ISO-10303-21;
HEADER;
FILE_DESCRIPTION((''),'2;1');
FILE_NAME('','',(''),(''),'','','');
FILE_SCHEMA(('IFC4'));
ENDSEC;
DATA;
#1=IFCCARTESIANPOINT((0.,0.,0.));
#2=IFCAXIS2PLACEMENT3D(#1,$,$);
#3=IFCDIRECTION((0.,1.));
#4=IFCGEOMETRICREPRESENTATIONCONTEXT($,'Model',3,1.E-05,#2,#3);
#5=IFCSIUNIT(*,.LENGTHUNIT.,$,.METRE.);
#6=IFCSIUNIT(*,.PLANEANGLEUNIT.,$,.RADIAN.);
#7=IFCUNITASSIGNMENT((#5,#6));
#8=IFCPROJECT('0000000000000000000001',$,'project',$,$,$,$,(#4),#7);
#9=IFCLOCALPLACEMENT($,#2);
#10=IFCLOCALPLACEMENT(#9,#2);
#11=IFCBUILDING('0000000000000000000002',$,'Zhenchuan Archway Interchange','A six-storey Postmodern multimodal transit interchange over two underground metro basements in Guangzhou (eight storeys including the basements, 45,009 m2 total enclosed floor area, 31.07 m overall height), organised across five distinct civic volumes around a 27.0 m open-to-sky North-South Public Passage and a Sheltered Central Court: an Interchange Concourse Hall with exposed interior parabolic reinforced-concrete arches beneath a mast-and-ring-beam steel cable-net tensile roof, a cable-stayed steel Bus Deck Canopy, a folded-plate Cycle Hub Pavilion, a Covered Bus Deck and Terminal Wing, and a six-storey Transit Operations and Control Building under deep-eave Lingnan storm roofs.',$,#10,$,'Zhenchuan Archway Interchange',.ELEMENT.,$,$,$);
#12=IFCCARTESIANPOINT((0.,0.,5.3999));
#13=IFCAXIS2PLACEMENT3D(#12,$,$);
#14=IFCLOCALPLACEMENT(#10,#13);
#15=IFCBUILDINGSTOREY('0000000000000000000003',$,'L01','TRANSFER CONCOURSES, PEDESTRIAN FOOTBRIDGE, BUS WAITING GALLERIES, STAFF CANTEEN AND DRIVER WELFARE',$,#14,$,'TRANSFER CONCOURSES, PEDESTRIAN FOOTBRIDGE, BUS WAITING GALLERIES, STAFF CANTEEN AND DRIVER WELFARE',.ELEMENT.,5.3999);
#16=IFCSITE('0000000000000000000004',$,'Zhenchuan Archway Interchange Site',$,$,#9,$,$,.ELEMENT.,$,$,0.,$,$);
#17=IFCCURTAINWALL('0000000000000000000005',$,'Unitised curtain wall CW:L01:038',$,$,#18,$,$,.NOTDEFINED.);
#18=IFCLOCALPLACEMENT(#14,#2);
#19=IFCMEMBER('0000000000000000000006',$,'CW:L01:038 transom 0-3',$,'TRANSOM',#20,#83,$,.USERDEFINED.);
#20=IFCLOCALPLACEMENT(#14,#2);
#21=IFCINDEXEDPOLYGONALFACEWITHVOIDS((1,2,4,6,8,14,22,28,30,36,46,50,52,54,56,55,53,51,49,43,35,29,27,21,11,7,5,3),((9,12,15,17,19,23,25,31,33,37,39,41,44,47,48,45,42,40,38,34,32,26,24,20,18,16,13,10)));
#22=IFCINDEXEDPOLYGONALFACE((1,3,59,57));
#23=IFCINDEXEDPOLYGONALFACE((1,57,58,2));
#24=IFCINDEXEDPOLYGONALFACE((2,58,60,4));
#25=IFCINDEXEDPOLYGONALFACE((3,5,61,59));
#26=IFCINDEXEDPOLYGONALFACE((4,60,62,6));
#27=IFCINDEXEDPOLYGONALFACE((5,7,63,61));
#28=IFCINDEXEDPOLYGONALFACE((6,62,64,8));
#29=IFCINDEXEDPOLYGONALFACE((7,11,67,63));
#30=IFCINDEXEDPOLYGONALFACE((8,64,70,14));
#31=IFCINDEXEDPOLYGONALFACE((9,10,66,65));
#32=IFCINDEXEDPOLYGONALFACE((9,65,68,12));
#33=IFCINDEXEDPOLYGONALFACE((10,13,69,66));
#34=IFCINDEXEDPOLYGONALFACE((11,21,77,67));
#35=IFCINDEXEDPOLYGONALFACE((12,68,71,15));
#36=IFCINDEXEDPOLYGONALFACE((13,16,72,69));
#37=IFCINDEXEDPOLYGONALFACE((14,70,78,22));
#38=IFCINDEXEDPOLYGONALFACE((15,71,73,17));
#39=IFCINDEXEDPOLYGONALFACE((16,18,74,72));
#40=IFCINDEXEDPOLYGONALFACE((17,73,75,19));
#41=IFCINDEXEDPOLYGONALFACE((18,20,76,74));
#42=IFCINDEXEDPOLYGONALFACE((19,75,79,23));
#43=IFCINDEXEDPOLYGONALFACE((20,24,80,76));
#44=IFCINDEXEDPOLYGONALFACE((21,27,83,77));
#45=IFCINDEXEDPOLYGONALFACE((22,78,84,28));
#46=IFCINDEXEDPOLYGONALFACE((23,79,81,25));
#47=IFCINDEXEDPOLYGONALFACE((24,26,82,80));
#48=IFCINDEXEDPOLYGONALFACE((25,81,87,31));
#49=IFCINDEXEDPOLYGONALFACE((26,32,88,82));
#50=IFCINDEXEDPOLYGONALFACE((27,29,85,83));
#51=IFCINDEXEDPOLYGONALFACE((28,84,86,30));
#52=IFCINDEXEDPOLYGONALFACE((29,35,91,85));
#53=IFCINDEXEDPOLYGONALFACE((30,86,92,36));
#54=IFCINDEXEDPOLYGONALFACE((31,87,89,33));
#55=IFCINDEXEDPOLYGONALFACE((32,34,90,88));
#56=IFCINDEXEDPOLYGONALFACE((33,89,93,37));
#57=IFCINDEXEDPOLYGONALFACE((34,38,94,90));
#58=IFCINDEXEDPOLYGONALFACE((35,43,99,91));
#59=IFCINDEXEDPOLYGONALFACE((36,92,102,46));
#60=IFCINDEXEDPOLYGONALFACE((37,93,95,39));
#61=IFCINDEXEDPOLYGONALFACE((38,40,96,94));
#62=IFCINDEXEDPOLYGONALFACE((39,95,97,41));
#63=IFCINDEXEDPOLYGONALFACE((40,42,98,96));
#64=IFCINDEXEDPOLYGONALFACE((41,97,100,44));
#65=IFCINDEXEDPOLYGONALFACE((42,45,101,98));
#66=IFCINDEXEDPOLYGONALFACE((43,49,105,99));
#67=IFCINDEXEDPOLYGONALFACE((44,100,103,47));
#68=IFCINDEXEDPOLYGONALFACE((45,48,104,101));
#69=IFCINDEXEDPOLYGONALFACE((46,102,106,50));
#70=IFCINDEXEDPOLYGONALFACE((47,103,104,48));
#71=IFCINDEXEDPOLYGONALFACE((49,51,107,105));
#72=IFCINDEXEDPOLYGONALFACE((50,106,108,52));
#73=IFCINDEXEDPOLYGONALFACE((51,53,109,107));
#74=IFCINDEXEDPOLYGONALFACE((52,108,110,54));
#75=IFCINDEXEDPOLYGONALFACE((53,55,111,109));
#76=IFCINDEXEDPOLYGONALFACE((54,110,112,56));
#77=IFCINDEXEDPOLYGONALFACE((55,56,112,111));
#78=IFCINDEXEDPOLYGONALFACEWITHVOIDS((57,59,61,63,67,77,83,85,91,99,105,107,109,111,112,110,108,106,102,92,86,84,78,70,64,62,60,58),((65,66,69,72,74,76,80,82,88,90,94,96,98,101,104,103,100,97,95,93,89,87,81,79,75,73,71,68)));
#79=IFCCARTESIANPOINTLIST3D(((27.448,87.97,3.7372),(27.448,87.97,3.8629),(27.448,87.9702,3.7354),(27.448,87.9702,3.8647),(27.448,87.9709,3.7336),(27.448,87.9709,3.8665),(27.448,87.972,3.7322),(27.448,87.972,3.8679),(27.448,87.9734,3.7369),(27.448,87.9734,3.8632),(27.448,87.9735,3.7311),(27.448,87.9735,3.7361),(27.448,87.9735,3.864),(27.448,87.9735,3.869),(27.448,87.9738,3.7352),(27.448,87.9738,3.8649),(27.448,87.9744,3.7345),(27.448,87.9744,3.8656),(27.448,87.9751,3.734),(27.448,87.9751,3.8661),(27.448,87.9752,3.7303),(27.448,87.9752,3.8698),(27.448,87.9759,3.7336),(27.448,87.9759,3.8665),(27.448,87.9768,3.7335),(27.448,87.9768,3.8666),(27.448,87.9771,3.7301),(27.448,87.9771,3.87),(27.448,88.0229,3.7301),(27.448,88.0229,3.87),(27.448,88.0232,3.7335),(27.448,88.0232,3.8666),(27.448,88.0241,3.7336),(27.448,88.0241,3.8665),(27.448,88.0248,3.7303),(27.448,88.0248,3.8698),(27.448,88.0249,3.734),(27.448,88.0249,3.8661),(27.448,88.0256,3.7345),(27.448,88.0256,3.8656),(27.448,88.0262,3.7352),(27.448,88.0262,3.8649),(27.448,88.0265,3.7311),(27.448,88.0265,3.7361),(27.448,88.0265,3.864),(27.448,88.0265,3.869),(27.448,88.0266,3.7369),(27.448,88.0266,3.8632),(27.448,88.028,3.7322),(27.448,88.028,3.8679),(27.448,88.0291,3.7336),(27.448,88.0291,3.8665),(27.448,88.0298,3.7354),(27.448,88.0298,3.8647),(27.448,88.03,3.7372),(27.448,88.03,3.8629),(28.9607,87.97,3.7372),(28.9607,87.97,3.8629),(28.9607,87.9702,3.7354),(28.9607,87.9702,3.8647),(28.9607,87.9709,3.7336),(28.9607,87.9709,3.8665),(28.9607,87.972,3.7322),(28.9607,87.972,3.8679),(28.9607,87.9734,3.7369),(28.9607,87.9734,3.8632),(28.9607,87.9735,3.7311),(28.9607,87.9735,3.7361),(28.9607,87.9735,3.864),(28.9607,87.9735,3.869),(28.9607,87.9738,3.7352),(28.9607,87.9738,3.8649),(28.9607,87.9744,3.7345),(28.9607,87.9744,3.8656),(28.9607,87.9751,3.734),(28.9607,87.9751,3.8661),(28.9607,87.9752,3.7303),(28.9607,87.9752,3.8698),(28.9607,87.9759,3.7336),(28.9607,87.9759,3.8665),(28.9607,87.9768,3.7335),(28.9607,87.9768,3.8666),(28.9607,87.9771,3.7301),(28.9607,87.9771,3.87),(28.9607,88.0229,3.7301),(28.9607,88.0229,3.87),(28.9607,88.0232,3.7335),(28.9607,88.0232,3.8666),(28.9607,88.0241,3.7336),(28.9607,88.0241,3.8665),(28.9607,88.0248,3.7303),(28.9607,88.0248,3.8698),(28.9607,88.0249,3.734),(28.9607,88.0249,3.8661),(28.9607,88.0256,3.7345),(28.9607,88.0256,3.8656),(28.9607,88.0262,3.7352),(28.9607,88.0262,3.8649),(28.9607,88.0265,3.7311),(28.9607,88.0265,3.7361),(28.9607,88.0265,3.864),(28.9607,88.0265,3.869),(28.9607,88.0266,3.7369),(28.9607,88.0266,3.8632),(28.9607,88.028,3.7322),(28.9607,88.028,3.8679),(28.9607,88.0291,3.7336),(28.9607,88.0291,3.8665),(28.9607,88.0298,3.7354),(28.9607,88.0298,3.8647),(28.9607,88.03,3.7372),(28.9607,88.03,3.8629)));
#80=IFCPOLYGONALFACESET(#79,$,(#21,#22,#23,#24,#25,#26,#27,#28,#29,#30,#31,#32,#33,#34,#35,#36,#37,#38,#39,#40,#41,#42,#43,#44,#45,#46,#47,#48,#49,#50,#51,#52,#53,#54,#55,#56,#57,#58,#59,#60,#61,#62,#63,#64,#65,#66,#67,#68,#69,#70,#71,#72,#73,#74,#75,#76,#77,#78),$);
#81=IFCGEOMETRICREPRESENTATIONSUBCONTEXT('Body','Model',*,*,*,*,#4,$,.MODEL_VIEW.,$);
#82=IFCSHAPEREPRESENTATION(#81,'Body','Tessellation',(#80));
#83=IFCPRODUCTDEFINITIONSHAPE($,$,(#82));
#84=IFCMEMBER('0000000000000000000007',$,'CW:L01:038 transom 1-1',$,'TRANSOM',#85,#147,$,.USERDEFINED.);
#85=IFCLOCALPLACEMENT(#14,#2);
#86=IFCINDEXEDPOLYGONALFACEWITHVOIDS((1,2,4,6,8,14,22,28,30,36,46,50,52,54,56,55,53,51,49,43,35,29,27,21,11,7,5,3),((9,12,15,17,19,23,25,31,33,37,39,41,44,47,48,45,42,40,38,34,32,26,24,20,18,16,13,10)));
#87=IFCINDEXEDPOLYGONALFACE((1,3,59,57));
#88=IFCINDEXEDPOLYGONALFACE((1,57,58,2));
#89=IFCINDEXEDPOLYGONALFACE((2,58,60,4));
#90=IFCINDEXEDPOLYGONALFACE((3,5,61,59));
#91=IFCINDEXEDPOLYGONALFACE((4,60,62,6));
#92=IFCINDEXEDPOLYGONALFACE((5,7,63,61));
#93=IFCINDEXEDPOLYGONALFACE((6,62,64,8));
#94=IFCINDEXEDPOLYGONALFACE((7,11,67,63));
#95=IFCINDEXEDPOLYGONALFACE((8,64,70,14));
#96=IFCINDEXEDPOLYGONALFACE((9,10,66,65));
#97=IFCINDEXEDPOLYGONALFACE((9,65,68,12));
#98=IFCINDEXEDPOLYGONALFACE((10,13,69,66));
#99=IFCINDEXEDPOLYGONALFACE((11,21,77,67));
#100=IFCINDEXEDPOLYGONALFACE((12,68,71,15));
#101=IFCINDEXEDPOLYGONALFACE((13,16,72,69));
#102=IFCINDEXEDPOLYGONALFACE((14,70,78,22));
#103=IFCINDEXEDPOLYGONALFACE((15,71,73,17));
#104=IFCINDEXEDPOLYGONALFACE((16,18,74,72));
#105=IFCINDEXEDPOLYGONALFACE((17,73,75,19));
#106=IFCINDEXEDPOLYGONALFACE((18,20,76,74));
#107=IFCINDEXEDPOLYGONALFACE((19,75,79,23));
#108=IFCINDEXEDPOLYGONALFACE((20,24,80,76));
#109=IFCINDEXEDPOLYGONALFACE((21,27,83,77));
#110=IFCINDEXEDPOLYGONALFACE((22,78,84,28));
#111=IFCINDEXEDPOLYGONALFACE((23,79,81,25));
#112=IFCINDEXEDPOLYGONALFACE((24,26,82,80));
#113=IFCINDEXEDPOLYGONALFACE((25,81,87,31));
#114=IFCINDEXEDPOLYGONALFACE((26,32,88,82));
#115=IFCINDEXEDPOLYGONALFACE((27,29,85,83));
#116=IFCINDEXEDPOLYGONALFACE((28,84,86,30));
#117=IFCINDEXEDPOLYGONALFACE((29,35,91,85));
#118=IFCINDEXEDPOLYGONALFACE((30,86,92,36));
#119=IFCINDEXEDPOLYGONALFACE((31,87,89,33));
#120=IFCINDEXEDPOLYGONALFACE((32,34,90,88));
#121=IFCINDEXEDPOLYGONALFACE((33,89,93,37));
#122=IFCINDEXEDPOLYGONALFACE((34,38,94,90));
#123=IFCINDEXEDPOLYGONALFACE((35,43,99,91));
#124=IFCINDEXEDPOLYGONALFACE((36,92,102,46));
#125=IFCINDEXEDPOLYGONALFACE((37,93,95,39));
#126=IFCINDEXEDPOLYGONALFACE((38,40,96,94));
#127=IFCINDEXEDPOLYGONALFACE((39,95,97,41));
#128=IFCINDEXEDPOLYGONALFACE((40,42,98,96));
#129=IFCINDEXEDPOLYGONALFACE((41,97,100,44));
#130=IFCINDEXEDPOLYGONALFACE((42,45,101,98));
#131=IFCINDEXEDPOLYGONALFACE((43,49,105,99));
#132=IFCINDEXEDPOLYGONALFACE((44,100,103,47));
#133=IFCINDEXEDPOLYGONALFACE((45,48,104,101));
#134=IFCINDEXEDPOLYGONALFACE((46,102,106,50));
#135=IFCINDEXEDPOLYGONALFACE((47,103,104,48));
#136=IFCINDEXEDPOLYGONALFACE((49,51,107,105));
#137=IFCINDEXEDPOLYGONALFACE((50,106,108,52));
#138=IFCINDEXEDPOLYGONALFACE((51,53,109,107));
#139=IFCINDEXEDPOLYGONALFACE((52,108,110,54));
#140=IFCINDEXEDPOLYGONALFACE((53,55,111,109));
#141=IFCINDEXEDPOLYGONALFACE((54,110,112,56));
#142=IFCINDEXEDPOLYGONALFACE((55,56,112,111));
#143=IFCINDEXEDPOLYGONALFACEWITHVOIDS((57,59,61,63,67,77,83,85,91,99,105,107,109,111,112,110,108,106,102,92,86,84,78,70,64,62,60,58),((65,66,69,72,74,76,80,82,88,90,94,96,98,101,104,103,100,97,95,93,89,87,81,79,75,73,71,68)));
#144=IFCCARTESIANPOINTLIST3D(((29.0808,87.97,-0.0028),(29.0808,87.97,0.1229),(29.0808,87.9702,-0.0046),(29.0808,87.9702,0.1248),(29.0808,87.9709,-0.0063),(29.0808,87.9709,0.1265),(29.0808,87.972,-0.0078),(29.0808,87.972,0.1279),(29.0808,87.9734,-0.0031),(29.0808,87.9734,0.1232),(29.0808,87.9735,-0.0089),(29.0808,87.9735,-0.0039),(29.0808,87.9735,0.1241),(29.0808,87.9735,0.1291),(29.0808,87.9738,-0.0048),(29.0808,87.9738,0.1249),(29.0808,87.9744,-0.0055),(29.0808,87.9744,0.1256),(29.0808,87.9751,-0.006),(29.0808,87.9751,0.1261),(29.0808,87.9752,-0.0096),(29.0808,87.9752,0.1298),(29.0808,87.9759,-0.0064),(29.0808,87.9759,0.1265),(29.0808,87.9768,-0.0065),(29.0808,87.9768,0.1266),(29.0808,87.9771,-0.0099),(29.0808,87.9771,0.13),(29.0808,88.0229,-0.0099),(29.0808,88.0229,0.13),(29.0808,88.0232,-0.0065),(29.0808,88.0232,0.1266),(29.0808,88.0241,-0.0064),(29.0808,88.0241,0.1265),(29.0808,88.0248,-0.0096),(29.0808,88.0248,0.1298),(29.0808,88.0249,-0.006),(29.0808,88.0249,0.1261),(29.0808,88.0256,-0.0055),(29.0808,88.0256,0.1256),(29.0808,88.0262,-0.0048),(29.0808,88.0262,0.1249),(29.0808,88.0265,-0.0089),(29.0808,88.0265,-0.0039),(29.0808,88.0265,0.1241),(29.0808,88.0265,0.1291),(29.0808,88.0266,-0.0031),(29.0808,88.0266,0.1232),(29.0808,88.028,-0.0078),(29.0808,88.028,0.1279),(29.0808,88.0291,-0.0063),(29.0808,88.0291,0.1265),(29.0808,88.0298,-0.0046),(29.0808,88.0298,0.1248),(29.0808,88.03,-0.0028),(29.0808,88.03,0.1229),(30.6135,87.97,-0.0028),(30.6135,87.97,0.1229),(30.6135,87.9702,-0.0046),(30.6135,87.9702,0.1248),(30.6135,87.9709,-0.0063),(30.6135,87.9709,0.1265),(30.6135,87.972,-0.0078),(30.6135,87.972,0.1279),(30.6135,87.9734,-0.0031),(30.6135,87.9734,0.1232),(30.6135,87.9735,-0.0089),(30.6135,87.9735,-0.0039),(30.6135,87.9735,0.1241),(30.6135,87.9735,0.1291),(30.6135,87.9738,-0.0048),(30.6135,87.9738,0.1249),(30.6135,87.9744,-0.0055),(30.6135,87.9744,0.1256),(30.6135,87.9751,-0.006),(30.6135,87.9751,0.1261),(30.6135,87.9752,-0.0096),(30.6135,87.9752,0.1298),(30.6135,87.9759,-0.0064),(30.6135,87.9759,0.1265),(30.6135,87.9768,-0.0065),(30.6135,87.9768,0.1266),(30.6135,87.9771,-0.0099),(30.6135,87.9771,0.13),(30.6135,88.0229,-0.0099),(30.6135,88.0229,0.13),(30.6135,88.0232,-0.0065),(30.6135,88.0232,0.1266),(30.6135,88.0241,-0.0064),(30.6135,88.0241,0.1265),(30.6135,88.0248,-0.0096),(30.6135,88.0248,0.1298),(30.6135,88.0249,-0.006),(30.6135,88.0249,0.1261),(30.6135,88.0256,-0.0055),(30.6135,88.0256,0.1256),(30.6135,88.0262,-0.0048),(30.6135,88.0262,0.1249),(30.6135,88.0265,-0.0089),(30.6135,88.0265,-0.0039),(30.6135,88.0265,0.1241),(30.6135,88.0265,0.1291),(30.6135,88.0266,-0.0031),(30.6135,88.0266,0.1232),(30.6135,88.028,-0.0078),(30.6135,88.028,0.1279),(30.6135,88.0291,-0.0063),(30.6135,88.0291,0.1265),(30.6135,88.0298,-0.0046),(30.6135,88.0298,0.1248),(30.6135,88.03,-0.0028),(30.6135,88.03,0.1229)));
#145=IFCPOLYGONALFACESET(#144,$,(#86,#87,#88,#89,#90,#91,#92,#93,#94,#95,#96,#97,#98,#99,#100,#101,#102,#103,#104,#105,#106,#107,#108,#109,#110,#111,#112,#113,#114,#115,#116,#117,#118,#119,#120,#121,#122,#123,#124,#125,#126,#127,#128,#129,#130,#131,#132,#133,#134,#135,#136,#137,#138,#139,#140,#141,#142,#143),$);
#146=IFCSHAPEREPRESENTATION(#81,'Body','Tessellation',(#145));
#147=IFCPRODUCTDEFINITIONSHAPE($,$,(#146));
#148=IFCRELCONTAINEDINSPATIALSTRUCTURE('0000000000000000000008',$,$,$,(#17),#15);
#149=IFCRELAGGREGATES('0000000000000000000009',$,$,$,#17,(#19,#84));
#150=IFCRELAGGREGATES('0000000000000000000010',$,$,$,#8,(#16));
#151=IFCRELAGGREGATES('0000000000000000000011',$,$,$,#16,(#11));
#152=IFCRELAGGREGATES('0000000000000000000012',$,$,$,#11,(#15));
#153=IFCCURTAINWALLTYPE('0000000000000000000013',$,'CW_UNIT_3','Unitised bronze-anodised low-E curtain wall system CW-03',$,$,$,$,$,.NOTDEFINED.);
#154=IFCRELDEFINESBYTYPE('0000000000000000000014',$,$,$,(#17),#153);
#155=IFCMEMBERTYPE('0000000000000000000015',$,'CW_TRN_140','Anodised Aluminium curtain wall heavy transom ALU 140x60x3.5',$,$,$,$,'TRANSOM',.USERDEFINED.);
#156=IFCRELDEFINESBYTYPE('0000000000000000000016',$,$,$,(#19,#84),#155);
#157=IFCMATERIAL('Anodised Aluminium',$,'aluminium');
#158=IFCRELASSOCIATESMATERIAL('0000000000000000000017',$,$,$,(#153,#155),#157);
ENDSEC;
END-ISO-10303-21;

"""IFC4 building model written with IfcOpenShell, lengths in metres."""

from ifc_helpers import new_model, si_unit, direction, frame, origin, origin_2d, place, context, subcontext, project, spatial, hollow_rectangle, extrude, material, material_profile, profile_set, type_object, element, aggregate, save


model = new_model("IFC4")

# Units and contexts
model_context = context("Model", 3, precision=1e-05, world=origin(), true_north=direction((0.0, 1.0)))
body_context = subcontext(model_context, "Body", "Model", "MODEL_VIEW")
ifc_project = project(units=[si_unit("LENGTHUNIT", "METRE"), si_unit("PLANEANGLEUNIT", "RADIAN")], contexts=[model_context])

# Site, building, storey
site_placement = place(None, origin())
site = spatial("IfcSite", under=ifc_project, at=site_placement, Name="Zhenchuan Archway Interchange Site", CompositionType="ELEMENT", RefElevation=0.0)
building_placement = place(site_placement, origin())
building = spatial("IfcBuilding", under=site, at=building_placement, Name="Zhenchuan Archway Interchange", Description="A six-storey Postmodern multimodal transit interchange over two underground metro basements in Guangzhou (eight storeys including the basements, 45,009 m2 total enclosed floor area, 31.07 m overall height), organised across five distinct civic volumes around a 27.0 m open-to-sky North-South Public Passage and a Sheltered Central Court: an Interchange Concourse Hall with exposed interior parabolic reinforced-concrete arches beneath a mast-and-ring-beam steel cable-net tensile roof, a cable-stayed steel Bus Deck Canopy, a folded-plate Cycle Hub Pavilion, a Covered Bus Deck and Terminal Wing, and a six-storey Transit Operations and Control Building under deep-eave Lingnan storm roofs.", LongName="Zhenchuan Archway Interchange", CompositionType="ELEMENT")
storey_placement = place(building_placement, frame((0.0, 0.0, 5.3999)))
storey = spatial("IfcBuildingStorey", under=building, at=storey_placement, Name="L01", Description="TRANSFER CONCOURSES, PEDESTRIAN FOOTBRIDGE, BUS WAITING GALLERIES, STAFF CANTEEN AND DRIVER WELFARE", LongName="TRANSFER CONCOURSES, PEDESTRIAN FOOTBRIDGE, BUS WAITING GALLERIES, STAFF CANTEEN AND DRIVER WELFARE", CompositionType="ELEMENT", Elevation=5.3999)

# Curtain wall
ifc_material_1 = material(Name="Anodised Aluminium", Category="aluminium")
curtain_wall_type_1 = type_object("IfcCurtainWallType", Name="CW_UNIT_3", Description="Unitised bronze-anodised low-E curtain wall system CW-03", PredefinedType="NOTDEFINED", material=ifc_material_1)
curtain_wall_1_placement = place(storey_placement, origin())
curtain_wall_1 = element("IfcCurtainWall", 1, at=curtain_wall_1_placement, inside=storey, type_object=curtain_wall_type_1, Name="Unitised curtain wall CW:L01:038", PredefinedType="NOTDEFINED")

# Members
ifc_material_profile_1 = material_profile(ifc_material_1, hollow_rectangle(XDim=0.0601, YDim=0.1399, WallThickness=0.0034, InnerFilletRadius=0.0034, OuterFilletRadius=0.0071, at=origin_2d()), Name="ALU 140x60x3.5")
ifc_profile_set_1 = profile_set([ifc_material_profile_1], Name="Anodised Aluminium")
member_type_1 = type_object("IfcMemberType", Name="CW_TRN_140", Description="Anodised Aluminium curtain wall heavy transom ALU 140x60x3.5", ElementType="TRANSOM", PredefinedType="USERDEFINED", material=ifc_profile_set_1)
member_1_placement = place(storey_placement, frame((27.448, 88.0, 3.8), z_axis=(1.0, 0.0, 0.0), x_axis=(0.0, 1.0, 0.0)))
member_1 = element("IfcMember", 2, at=member_1_placement, type_object=member_type_1, Name="CW:L01:038 transom 0-3", ObjectType="TRANSOM", PredefinedType="USERDEFINED", context=body_context, shape_type="SweptSolid", body=[
    extrude(hollow_rectangle(XDim=0.0601, YDim=0.1399, WallThickness=0.0034, InnerFilletRadius=0.0034, OuterFilletRadius=0.0071, at=origin_2d()), origin(), (0.0, 0.0, 1.0), 1.5127),
])
member_2_placement = place(storey_placement, frame((29.0808, 88.0, 0.0601), z_axis=(1.0, 0.0, 0.0), x_axis=(0.0, 1.0, 0.0)))
member_2 = element("IfcMember", 3, at=member_2_placement, type_object=member_type_1, Name="CW:L01:038 transom 1-1", ObjectType="TRANSOM", PredefinedType="USERDEFINED", context=body_context, shape_type="SweptSolid", body=[
    extrude(hollow_rectangle(XDim=0.0601, YDim=0.1399, WallThickness=0.0034, InnerFilletRadius=0.0034, OuterFilletRadius=0.0071, at=origin_2d()), origin(), (0.0, 0.0, 1.0), 1.5327),
])

aggregate(curtain_wall_1, [member_1, member_2])

save(model, "model.ifc")
